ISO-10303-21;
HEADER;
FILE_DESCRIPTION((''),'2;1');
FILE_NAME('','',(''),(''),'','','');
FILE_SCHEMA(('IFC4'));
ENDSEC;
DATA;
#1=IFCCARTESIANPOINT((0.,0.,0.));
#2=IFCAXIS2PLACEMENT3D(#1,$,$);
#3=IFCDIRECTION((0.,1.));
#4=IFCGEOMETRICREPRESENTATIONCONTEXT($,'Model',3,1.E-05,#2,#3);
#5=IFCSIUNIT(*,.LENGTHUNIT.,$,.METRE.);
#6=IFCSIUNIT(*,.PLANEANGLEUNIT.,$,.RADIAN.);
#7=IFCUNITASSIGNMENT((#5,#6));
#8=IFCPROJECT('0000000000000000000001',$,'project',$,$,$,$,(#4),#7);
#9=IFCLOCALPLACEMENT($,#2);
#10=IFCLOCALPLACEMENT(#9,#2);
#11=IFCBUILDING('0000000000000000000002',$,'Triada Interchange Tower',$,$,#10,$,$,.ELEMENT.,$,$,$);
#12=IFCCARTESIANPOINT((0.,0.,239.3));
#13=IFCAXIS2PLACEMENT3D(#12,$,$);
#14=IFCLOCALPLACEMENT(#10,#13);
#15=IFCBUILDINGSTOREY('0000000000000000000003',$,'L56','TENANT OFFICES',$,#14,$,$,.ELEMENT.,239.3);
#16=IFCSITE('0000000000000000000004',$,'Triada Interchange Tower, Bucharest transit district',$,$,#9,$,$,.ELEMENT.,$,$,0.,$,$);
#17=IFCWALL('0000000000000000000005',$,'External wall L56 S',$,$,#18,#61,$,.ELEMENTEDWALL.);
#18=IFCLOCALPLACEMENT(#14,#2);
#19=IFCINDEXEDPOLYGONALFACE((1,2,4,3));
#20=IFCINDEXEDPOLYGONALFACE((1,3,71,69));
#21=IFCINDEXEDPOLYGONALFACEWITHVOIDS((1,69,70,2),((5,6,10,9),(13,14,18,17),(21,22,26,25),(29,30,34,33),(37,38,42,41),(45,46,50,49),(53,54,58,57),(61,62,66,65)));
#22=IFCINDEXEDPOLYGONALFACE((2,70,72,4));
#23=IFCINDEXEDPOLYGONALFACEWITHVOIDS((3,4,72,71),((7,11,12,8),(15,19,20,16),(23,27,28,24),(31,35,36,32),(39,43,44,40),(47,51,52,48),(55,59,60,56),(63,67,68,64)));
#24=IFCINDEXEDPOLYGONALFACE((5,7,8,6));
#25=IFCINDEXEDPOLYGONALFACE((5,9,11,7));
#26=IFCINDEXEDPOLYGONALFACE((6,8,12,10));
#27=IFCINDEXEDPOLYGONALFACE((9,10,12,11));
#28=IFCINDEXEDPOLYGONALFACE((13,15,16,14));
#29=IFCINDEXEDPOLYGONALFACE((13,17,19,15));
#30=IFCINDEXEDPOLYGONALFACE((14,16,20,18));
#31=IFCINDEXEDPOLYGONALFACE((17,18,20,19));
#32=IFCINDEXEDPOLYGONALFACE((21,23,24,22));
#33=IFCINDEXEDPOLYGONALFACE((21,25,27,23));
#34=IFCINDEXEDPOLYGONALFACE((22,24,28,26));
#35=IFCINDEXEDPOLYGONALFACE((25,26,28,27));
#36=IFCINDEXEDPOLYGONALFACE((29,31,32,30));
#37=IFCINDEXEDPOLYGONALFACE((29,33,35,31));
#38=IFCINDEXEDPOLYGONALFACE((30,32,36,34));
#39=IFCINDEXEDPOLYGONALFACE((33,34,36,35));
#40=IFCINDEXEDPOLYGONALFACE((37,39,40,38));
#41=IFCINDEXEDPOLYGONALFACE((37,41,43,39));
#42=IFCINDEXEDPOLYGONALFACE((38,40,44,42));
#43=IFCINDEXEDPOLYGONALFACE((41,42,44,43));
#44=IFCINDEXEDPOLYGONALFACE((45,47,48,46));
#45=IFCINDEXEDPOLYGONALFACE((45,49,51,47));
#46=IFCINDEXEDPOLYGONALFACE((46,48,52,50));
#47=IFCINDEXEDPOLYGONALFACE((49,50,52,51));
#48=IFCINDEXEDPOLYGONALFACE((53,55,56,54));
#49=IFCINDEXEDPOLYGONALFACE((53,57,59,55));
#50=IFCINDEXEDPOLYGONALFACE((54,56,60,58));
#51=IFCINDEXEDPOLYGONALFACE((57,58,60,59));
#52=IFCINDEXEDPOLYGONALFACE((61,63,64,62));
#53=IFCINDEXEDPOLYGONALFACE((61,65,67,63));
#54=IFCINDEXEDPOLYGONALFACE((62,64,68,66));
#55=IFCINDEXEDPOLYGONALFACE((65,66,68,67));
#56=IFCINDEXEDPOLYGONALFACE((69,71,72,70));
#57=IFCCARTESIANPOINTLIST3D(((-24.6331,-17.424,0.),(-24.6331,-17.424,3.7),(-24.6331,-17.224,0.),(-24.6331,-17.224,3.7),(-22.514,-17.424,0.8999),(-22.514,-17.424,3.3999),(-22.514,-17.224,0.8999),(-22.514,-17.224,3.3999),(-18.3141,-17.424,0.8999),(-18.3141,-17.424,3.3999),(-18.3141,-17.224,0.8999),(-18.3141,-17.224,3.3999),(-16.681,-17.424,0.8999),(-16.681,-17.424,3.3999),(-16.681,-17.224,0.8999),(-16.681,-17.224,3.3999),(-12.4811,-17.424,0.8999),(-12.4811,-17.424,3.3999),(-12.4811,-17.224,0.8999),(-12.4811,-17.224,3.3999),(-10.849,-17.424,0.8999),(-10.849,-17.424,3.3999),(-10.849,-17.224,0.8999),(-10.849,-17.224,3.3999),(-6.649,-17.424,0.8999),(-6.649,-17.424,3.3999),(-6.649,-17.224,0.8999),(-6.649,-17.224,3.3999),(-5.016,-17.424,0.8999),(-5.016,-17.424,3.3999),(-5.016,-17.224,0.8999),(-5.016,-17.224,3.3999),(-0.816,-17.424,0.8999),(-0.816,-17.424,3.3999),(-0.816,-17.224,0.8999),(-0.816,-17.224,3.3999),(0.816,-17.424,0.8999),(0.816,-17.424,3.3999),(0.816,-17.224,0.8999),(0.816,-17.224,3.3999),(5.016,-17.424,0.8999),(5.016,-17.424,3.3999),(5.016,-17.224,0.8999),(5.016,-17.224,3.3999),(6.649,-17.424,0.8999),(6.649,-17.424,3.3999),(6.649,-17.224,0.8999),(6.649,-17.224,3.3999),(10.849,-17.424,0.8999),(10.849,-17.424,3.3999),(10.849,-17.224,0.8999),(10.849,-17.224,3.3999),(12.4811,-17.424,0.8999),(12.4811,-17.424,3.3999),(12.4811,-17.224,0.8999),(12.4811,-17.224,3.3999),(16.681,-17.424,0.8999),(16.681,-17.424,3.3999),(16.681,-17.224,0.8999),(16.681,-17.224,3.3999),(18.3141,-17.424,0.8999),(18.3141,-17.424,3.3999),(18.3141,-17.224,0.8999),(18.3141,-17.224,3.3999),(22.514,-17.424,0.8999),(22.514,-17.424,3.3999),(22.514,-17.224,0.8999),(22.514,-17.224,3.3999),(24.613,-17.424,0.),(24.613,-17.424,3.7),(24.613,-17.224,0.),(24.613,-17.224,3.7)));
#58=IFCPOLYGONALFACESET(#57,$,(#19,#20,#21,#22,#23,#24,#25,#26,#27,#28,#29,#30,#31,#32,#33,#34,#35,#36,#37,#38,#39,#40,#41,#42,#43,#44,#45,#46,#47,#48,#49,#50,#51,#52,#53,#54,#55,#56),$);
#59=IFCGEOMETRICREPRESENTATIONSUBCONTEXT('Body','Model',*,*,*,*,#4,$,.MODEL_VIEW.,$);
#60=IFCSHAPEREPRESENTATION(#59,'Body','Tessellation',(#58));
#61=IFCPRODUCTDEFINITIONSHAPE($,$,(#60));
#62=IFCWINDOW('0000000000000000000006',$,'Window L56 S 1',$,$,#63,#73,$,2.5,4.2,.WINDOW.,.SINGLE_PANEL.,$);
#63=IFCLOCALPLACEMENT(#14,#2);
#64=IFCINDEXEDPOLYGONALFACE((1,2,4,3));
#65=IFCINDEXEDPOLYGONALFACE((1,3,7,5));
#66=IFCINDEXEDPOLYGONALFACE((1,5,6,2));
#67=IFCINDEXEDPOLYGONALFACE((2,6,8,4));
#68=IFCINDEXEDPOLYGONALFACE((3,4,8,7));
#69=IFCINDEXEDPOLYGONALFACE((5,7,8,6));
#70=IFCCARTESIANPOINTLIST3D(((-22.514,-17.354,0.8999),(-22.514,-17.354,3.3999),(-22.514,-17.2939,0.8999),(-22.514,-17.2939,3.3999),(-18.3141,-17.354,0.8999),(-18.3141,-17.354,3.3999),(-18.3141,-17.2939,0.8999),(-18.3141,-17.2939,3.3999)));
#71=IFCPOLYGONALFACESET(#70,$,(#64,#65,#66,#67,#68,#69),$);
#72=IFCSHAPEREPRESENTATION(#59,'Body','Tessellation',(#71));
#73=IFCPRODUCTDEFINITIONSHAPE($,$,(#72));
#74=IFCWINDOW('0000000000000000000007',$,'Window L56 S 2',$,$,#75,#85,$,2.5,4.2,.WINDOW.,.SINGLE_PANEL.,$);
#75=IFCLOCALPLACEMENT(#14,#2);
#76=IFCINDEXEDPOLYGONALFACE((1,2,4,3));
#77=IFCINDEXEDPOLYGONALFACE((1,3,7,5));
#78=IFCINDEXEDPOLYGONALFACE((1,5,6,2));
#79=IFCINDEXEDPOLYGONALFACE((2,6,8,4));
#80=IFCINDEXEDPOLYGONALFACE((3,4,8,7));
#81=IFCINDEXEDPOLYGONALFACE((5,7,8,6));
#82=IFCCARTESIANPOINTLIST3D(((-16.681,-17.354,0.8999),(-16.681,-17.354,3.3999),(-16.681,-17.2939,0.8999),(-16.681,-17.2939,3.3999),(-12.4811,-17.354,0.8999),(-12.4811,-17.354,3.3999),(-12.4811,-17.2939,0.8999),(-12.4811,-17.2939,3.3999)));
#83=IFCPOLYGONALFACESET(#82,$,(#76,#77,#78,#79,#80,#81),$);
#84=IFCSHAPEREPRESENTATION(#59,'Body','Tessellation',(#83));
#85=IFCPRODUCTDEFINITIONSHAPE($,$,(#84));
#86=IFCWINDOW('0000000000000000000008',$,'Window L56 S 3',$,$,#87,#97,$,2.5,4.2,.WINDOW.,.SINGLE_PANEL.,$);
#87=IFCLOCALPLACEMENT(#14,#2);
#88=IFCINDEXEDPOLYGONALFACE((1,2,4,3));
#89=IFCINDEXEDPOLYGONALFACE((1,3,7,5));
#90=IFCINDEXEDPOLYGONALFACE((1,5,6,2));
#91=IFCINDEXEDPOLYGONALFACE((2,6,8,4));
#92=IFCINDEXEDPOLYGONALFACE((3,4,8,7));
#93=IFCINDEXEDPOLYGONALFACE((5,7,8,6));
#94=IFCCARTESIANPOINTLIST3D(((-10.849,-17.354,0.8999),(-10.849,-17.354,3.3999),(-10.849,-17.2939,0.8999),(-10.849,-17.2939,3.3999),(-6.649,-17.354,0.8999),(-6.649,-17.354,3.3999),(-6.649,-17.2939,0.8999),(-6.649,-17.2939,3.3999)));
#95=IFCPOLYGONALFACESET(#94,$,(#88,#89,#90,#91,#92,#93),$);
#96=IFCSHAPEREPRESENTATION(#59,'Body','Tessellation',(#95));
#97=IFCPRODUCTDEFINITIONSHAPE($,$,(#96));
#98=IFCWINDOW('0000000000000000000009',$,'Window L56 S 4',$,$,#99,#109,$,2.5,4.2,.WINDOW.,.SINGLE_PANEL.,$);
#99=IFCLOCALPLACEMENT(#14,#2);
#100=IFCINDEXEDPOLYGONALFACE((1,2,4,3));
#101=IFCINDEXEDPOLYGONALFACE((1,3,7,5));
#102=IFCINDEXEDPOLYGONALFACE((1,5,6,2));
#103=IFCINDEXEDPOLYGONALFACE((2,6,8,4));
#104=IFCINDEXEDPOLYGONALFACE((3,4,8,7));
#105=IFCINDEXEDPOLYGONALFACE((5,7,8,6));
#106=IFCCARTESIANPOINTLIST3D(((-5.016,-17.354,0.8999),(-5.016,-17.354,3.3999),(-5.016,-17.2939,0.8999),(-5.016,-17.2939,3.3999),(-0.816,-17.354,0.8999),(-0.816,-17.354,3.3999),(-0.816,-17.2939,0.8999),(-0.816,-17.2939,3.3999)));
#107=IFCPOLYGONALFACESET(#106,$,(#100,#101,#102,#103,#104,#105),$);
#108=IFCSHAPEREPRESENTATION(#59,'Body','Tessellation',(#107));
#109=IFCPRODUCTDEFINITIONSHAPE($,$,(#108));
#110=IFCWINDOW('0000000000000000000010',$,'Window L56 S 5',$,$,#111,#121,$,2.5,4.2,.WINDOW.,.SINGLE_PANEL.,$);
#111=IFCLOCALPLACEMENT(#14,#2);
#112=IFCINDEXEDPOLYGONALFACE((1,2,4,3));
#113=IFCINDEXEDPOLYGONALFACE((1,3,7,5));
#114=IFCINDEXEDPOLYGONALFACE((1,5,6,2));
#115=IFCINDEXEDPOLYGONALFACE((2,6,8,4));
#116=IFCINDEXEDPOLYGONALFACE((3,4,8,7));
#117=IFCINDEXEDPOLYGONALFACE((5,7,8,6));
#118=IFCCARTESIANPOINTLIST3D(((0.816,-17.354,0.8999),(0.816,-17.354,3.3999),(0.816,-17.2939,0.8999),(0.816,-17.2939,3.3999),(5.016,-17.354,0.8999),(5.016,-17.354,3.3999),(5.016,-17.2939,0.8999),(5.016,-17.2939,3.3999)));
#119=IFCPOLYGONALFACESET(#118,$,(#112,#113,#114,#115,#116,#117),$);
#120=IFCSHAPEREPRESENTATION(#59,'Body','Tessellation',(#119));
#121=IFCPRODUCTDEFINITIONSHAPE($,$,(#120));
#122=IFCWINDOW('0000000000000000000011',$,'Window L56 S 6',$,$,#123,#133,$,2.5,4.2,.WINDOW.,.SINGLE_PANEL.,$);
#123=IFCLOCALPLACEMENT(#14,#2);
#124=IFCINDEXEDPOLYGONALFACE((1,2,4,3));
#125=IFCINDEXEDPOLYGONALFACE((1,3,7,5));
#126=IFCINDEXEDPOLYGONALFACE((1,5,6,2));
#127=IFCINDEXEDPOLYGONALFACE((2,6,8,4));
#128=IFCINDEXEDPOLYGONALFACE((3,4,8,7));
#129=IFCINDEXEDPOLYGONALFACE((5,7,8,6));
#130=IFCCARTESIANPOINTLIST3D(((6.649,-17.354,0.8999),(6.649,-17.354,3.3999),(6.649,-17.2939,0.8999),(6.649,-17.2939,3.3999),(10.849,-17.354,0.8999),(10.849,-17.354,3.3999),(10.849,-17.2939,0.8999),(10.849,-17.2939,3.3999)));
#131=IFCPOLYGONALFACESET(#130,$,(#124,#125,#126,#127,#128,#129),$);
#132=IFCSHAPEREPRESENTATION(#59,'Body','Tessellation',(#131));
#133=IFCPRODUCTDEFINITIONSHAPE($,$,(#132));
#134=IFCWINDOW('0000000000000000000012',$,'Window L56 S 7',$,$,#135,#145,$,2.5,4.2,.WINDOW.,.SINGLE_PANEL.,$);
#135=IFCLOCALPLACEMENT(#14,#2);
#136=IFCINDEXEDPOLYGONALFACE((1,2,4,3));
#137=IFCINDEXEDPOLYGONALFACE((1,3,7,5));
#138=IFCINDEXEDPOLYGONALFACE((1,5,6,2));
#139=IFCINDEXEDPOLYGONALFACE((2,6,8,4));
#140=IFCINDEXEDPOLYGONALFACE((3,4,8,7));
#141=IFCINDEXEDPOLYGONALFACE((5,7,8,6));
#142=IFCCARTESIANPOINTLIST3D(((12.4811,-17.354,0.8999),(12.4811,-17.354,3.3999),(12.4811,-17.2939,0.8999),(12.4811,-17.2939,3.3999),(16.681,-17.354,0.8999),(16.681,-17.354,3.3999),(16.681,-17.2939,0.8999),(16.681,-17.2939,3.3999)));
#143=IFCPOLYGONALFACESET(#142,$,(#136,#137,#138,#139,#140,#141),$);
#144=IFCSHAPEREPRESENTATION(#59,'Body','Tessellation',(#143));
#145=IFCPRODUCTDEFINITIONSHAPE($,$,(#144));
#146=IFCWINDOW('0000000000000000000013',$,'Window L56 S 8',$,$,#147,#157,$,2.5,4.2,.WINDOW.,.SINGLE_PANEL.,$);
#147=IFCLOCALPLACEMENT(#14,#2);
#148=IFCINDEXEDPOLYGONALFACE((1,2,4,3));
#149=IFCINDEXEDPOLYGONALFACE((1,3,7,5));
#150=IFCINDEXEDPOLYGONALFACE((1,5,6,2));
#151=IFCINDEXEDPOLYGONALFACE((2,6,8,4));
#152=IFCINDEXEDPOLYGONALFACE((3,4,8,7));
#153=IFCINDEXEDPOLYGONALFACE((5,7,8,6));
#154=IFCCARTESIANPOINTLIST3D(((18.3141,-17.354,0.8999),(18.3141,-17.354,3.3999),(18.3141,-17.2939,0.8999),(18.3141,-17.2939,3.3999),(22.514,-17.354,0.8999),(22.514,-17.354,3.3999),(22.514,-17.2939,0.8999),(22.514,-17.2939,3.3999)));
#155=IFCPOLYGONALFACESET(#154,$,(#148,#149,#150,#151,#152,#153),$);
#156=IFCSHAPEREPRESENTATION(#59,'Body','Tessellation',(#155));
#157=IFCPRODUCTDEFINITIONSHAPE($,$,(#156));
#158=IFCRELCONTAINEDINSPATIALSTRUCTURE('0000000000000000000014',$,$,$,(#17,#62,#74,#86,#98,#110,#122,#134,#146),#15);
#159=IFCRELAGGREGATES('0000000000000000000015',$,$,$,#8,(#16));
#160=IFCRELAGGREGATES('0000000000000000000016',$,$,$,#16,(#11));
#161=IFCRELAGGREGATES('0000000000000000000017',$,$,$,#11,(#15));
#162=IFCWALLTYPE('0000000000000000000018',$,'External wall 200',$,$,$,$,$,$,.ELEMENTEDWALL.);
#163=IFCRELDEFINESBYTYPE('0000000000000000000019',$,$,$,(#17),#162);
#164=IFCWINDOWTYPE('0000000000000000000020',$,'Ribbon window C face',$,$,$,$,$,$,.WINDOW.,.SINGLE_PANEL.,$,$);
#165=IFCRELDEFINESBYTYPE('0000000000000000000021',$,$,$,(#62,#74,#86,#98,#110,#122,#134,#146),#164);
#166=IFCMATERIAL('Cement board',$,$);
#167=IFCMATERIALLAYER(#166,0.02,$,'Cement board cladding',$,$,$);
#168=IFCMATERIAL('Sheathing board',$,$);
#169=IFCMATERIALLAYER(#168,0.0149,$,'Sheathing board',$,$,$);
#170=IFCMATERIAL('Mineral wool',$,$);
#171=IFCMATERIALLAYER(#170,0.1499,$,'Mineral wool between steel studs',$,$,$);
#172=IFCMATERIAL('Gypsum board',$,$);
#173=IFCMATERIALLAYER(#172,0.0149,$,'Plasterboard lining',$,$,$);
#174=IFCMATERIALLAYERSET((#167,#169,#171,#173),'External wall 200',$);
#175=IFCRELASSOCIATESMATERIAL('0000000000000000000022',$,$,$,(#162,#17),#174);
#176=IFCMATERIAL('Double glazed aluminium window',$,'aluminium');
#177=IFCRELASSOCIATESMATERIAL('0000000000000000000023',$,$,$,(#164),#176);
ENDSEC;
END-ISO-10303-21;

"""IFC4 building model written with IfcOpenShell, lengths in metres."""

from ifc_helpers import new_model, si_unit, direction, frame, frame_2d, origin, place, context, subcontext, project, spatial, rectangle, extrude, material, layer, layer_set, layer_usage, type_object, element, fill, save


model = new_model("IFC4")

# Units and contexts
model_context = context("Model", 3, precision=1e-05, world=origin(), true_north=direction((0.0, 1.0)))
body_context = subcontext(model_context, "Body", "Model", "MODEL_VIEW")
ifc_project = project(units=[si_unit("LENGTHUNIT", "METRE"), si_unit("PLANEANGLEUNIT", "RADIAN")], contexts=[model_context])

# Site, building, storey
site_placement = place(None, origin())
site = spatial("IfcSite", under=ifc_project, at=site_placement, Name="Triada Interchange Tower, Bucharest transit district", CompositionType="ELEMENT", RefElevation=0.0)
building_placement = place(site_placement, origin())
building = spatial("IfcBuilding", under=site, at=building_placement, Name="Triada Interchange Tower", CompositionType="ELEMENT")
storey_placement = place(building_placement, frame((0.0, 0.0, 239.3)))
storey = spatial("IfcBuildingStorey", under=building, at=storey_placement, Name="L56", Description="TENANT OFFICES", CompositionType="ELEMENT", Elevation=239.3)

# Shared definitions
ifc_material_1 = material(Name="Cement board")
ifc_layer_1 = layer(ifc_material_1, 0.02, Name="Cement board cladding")
ifc_material_2 = material(Name="Sheathing board")
ifc_layer_2 = layer(ifc_material_2, 0.0149, Name="Sheathing board")
ifc_material_3 = material(Name="Mineral wool")
ifc_layer_3 = layer(ifc_material_3, 0.1499, Name="Mineral wool between steel studs")
ifc_material_4 = material(Name="Gypsum board")
ifc_layer_4 = layer(ifc_material_4, 0.0149, Name="Plasterboard lining")
ifc_layer_set_1 = layer_set([ifc_layer_1, ifc_layer_2, ifc_layer_3, ifc_layer_4], Name="External wall 200")
ifc_layer_usage = layer_usage(ifc_layer_set_1, "AXIS2", "POSITIVE", -0.1001)
wall_type_1 = type_object("IfcWallType", Name="External wall 200", PredefinedType="ELEMENTEDWALL", material=ifc_layer_set_1)
ifc_material_5 = material(Name="Double glazed aluminium window", Category="aluminium")

# Wall, openings, windows
wall_1_placement = place(storey_placement, frame((-24.6331, -17.324, 0.0), z_axis=(0.0, 0.0, 1.0), x_axis=(1.0, 0.0, 0.0)))
wall_1 = element("IfcWall", 1, at=wall_1_placement, inside=storey, type_object=wall_type_1, material=ifc_layer_usage, Name="External wall L56 S", PredefinedType="ELEMENTEDWALL", context=body_context, shape_type="SweptSolid", body=[
    extrude(rectangle(XDim=49.2461, YDim=0.2, at=frame_2d((24.623, 0.0))), origin(), (0.0, 0.0, 1.0), 3.7),
])
opening_1_placement = place(wall_1_placement, frame((2.1189, 0.0, 0.8999)))
opening_1 = element("IfcOpeningElement", 2, at=opening_1_placement, cuts=wall_1, PredefinedType="OPENING", context=body_context, shape_type="SweptSolid", body=[
    extrude(rectangle(XDim=4.2, YDim=2.5, at=frame_2d((2.1001, 1.25))), frame((0.0, 0.1099, 0.0), z_axis=(0.0, -1.0, 0.0), x_axis=(1.0, 0.0, 0.0)), (0.0, 0.0, 1.0), 0.22),
])
opening_2_placement = place(wall_1_placement, frame((7.9519, 0.0, 0.8999)))
opening_2 = element("IfcOpeningElement", 3, at=opening_2_placement, cuts=wall_1, PredefinedType="OPENING", context=body_context, shape_type="SweptSolid", body=[
    extrude(rectangle(XDim=4.2, YDim=2.5, at=frame_2d((2.1001, 1.25))), frame((0.0, 0.1099, 0.0), z_axis=(0.0, -1.0, 0.0), x_axis=(1.0, 0.0, 0.0)), (0.0, 0.0, 1.0), 0.22),
])
opening_3_placement = place(wall_1_placement, frame((13.7839, 0.0, 0.8999)))
opening_3 = element("IfcOpeningElement", 4, at=opening_3_placement, cuts=wall_1, PredefinedType="OPENING", context=body_context, shape_type="SweptSolid", body=[
    extrude(rectangle(XDim=4.2, YDim=2.5, at=frame_2d((2.1001, 1.25))), frame((0.0, 0.1099, 0.0), z_axis=(0.0, -1.0, 0.0), x_axis=(1.0, 0.0, 0.0)), (0.0, 0.0, 1.0), 0.22),
])
opening_4_placement = place(wall_1_placement, frame((19.6169, 0.0, 0.8999)))
opening_4 = element("IfcOpeningElement", 5, at=opening_4_placement, cuts=wall_1, PredefinedType="OPENING", context=body_context, shape_type="SweptSolid", body=[
    extrude(rectangle(XDim=4.2, YDim=2.5, at=frame_2d((2.1001, 1.25))), frame((0.0, 0.1099, 0.0), z_axis=(0.0, -1.0, 0.0), x_axis=(1.0, 0.0, 0.0)), (0.0, 0.0, 1.0), 0.22),
])
opening_5_placement = place(wall_1_placement, frame((25.449, 0.0, 0.8999)))
opening_5 = element("IfcOpeningElement", 6, at=opening_5_placement, cuts=wall_1, PredefinedType="OPENING", context=body_context, shape_type="SweptSolid", body=[
    extrude(rectangle(XDim=4.2, YDim=2.5, at=frame_2d((2.1001, 1.25))), frame((0.0, 0.1099, 0.0), z_axis=(0.0, -1.0, 0.0), x_axis=(1.0, 0.0, 0.0)), (0.0, 0.0, 1.0), 0.22),
])
opening_6_placement = place(wall_1_placement, frame((31.282, 0.0, 0.8999)))
opening_6 = element("IfcOpeningElement", 7, at=opening_6_placement, cuts=wall_1, PredefinedType="OPENING", context=body_context, shape_type="SweptSolid", body=[
    extrude(rectangle(XDim=4.2, YDim=2.5, at=frame_2d((2.1001, 1.25))), frame((0.0, 0.1099, 0.0), z_axis=(0.0, -1.0, 0.0), x_axis=(1.0, 0.0, 0.0)), (0.0, 0.0, 1.0), 0.22),
])
opening_7_placement = place(wall_1_placement, frame((37.114, 0.0, 0.8999)))
opening_7 = element("IfcOpeningElement", 8, at=opening_7_placement, cuts=wall_1, PredefinedType="OPENING", context=body_context, shape_type="SweptSolid", body=[
    extrude(rectangle(XDim=4.2, YDim=2.5, at=frame_2d((2.1001, 1.25))), frame((0.0, 0.1099, 0.0), z_axis=(0.0, -1.0, 0.0), x_axis=(1.0, 0.0, 0.0)), (0.0, 0.0, 1.0), 0.22),
])
opening_8_placement = place(wall_1_placement, frame((42.947, 0.0, 0.8999)))
opening_8 = element("IfcOpeningElement", 9, at=opening_8_placement, cuts=wall_1, PredefinedType="OPENING", context=body_context, shape_type="SweptSolid", body=[
    extrude(rectangle(XDim=4.2, YDim=2.5, at=frame_2d((2.1001, 1.25))), frame((0.0, 0.1099, 0.0), z_axis=(0.0, -1.0, 0.0), x_axis=(1.0, 0.0, 0.0)), (0.0, 0.0, 1.0), 0.22),
])
window_type_1 = type_object("IfcWindowType", Name="Ribbon window C face", PartitioningType="SINGLE_PANEL", PredefinedType="WINDOW", material=ifc_material_5)
window_1_placement = place(opening_1_placement, origin())
window_1 = element("IfcWindow", 10, at=window_1_placement, inside=storey, type_object=window_type_1, Name="Window L56 S 1", OverallHeight=2.5, OverallWidth=4.2, PartitioningType="SINGLE_PANEL", PredefinedType="WINDOW", context=body_context, shape_type="SweptSolid", body=[
    extrude(rectangle(XDim=4.2, YDim=2.5, at=frame_2d((2.1001, 1.25))), frame((0.0, 0.03, 0.0), z_axis=(0.0, -1.0, 0.0), x_axis=(1.0, 0.0, 0.0)), (0.0, 0.0, 1.0), 0.0601),
])
fill(opening_1, window_1)
window_2_placement = place(opening_2_placement, origin())
window_2 = element("IfcWindow", 11, at=window_2_placement, inside=storey, type_object=window_type_1, Name="Window L56 S 2", OverallHeight=2.5, OverallWidth=4.2, PartitioningType="SINGLE_PANEL", PredefinedType="WINDOW", context=body_context, shape_type="SweptSolid", body=[
    extrude(rectangle(XDim=4.2, YDim=2.5, at=frame_2d((2.1001, 1.25))), frame((0.0, 0.03, 0.0), z_axis=(0.0, -1.0, 0.0), x_axis=(1.0, 0.0, 0.0)), (0.0, 0.0, 1.0), 0.0601),
])
fill(opening_2, window_2)
window_3_placement = place(opening_3_placement, origin())
window_3 = element("IfcWindow", 12, at=window_3_placement, inside=storey, type_object=window_type_1, Name="Window L56 S 3", OverallHeight=2.5, OverallWidth=4.2, PartitioningType="SINGLE_PANEL", PredefinedType="WINDOW", context=body_context, shape_type="SweptSolid", body=[
    extrude(rectangle(XDim=4.2, YDim=2.5, at=frame_2d((2.1001, 1.25))), frame((0.0, 0.03, 0.0), z_axis=(0.0, -1.0, 0.0), x_axis=(1.0, 0.0, 0.0)), (0.0, 0.0, 1.0), 0.0601),
])
fill(opening_3, window_3)
window_4_placement = place(opening_4_placement, origin())
window_4 = element("IfcWindow", 13, at=window_4_placement, inside=storey, type_object=window_type_1, Name="Window L56 S 4", OverallHeight=2.5, OverallWidth=4.2, PartitioningType="SINGLE_PANEL", PredefinedType="WINDOW", context=body_context, shape_type="SweptSolid", body=[
    extrude(rectangle(XDim=4.2, YDim=2.5, at=frame_2d((2.1001, 1.25))), frame((0.0, 0.03, 0.0), z_axis=(0.0, -1.0, 0.0), x_axis=(1.0, 0.0, 0.0)), (0.0, 0.0, 1.0), 0.0601),
])
fill(opening_4, window_4)
window_5_placement = place(opening_5_placement, origin())
window_5 = element("IfcWindow", 14, at=window_5_placement, inside=storey, type_object=window_type_1, Name="Window L56 S 5", OverallHeight=2.5, OverallWidth=4.2, PartitioningType="SINGLE_PANEL", PredefinedType="WINDOW", context=body_context, shape_type="SweptSolid", body=[
    extrude(rectangle(XDim=4.2, YDim=2.5, at=frame_2d((2.1001, 1.25))), frame((0.0, 0.03, 0.0), z_axis=(0.0, -1.0, 0.0), x_axis=(1.0, 0.0, 0.0)), (0.0, 0.0, 1.0), 0.0601),
])
fill(opening_5, window_5)
window_6_placement = place(opening_6_placement, origin())
window_6 = element("IfcWindow", 15, at=window_6_placement, inside=storey, type_object=window_type_1, Name="Window L56 S 6", OverallHeight=2.5, OverallWidth=4.2, PartitioningType="SINGLE_PANEL", PredefinedType="WINDOW", context=body_context, shape_type="SweptSolid", body=[
    extrude(rectangle(XDim=4.2, YDim=2.5, at=frame_2d((2.1001, 1.25))), frame((0.0, 0.03, 0.0), z_axis=(0.0, -1.0, 0.0), x_axis=(1.0, 0.0, 0.0)), (0.0, 0.0, 1.0), 0.0601),
])
fill(opening_6, window_6)
window_7_placement = place(opening_7_placement, origin())
window_7 = element("IfcWindow", 16, at=window_7_placement, inside=storey, type_object=window_type_1, Name="Window L56 S 7", OverallHeight=2.5, OverallWidth=4.2, PartitioningType="SINGLE_PANEL", PredefinedType="WINDOW", context=body_context, shape_type="SweptSolid", body=[
    extrude(rectangle(XDim=4.2, YDim=2.5, at=frame_2d((2.1001, 1.25))), frame((0.0, 0.03, 0.0), z_axis=(0.0, -1.0, 0.0), x_axis=(1.0, 0.0, 0.0)), (0.0, 0.0, 1.0), 0.0601),
])
fill(opening_7, window_7)
window_8_placement = place(opening_8_placement, origin())
window_8 = element("IfcWindow", 17, at=window_8_placement, inside=storey, type_object=window_type_1, Name="Window L56 S 8", OverallHeight=2.5, OverallWidth=4.2, PartitioningType="SINGLE_PANEL", PredefinedType="WINDOW", context=body_context, shape_type="SweptSolid", body=[
    extrude(rectangle(XDim=4.2, YDim=2.5, at=frame_2d((2.1001, 1.25))), frame((0.0, 0.03, 0.0), z_axis=(0.0, -1.0, 0.0), x_axis=(1.0, 0.0, 0.0)), (0.0, 0.0, 1.0), 0.0601),
])
fill(opening_8, window_8)

save(model, "model.ifc")
